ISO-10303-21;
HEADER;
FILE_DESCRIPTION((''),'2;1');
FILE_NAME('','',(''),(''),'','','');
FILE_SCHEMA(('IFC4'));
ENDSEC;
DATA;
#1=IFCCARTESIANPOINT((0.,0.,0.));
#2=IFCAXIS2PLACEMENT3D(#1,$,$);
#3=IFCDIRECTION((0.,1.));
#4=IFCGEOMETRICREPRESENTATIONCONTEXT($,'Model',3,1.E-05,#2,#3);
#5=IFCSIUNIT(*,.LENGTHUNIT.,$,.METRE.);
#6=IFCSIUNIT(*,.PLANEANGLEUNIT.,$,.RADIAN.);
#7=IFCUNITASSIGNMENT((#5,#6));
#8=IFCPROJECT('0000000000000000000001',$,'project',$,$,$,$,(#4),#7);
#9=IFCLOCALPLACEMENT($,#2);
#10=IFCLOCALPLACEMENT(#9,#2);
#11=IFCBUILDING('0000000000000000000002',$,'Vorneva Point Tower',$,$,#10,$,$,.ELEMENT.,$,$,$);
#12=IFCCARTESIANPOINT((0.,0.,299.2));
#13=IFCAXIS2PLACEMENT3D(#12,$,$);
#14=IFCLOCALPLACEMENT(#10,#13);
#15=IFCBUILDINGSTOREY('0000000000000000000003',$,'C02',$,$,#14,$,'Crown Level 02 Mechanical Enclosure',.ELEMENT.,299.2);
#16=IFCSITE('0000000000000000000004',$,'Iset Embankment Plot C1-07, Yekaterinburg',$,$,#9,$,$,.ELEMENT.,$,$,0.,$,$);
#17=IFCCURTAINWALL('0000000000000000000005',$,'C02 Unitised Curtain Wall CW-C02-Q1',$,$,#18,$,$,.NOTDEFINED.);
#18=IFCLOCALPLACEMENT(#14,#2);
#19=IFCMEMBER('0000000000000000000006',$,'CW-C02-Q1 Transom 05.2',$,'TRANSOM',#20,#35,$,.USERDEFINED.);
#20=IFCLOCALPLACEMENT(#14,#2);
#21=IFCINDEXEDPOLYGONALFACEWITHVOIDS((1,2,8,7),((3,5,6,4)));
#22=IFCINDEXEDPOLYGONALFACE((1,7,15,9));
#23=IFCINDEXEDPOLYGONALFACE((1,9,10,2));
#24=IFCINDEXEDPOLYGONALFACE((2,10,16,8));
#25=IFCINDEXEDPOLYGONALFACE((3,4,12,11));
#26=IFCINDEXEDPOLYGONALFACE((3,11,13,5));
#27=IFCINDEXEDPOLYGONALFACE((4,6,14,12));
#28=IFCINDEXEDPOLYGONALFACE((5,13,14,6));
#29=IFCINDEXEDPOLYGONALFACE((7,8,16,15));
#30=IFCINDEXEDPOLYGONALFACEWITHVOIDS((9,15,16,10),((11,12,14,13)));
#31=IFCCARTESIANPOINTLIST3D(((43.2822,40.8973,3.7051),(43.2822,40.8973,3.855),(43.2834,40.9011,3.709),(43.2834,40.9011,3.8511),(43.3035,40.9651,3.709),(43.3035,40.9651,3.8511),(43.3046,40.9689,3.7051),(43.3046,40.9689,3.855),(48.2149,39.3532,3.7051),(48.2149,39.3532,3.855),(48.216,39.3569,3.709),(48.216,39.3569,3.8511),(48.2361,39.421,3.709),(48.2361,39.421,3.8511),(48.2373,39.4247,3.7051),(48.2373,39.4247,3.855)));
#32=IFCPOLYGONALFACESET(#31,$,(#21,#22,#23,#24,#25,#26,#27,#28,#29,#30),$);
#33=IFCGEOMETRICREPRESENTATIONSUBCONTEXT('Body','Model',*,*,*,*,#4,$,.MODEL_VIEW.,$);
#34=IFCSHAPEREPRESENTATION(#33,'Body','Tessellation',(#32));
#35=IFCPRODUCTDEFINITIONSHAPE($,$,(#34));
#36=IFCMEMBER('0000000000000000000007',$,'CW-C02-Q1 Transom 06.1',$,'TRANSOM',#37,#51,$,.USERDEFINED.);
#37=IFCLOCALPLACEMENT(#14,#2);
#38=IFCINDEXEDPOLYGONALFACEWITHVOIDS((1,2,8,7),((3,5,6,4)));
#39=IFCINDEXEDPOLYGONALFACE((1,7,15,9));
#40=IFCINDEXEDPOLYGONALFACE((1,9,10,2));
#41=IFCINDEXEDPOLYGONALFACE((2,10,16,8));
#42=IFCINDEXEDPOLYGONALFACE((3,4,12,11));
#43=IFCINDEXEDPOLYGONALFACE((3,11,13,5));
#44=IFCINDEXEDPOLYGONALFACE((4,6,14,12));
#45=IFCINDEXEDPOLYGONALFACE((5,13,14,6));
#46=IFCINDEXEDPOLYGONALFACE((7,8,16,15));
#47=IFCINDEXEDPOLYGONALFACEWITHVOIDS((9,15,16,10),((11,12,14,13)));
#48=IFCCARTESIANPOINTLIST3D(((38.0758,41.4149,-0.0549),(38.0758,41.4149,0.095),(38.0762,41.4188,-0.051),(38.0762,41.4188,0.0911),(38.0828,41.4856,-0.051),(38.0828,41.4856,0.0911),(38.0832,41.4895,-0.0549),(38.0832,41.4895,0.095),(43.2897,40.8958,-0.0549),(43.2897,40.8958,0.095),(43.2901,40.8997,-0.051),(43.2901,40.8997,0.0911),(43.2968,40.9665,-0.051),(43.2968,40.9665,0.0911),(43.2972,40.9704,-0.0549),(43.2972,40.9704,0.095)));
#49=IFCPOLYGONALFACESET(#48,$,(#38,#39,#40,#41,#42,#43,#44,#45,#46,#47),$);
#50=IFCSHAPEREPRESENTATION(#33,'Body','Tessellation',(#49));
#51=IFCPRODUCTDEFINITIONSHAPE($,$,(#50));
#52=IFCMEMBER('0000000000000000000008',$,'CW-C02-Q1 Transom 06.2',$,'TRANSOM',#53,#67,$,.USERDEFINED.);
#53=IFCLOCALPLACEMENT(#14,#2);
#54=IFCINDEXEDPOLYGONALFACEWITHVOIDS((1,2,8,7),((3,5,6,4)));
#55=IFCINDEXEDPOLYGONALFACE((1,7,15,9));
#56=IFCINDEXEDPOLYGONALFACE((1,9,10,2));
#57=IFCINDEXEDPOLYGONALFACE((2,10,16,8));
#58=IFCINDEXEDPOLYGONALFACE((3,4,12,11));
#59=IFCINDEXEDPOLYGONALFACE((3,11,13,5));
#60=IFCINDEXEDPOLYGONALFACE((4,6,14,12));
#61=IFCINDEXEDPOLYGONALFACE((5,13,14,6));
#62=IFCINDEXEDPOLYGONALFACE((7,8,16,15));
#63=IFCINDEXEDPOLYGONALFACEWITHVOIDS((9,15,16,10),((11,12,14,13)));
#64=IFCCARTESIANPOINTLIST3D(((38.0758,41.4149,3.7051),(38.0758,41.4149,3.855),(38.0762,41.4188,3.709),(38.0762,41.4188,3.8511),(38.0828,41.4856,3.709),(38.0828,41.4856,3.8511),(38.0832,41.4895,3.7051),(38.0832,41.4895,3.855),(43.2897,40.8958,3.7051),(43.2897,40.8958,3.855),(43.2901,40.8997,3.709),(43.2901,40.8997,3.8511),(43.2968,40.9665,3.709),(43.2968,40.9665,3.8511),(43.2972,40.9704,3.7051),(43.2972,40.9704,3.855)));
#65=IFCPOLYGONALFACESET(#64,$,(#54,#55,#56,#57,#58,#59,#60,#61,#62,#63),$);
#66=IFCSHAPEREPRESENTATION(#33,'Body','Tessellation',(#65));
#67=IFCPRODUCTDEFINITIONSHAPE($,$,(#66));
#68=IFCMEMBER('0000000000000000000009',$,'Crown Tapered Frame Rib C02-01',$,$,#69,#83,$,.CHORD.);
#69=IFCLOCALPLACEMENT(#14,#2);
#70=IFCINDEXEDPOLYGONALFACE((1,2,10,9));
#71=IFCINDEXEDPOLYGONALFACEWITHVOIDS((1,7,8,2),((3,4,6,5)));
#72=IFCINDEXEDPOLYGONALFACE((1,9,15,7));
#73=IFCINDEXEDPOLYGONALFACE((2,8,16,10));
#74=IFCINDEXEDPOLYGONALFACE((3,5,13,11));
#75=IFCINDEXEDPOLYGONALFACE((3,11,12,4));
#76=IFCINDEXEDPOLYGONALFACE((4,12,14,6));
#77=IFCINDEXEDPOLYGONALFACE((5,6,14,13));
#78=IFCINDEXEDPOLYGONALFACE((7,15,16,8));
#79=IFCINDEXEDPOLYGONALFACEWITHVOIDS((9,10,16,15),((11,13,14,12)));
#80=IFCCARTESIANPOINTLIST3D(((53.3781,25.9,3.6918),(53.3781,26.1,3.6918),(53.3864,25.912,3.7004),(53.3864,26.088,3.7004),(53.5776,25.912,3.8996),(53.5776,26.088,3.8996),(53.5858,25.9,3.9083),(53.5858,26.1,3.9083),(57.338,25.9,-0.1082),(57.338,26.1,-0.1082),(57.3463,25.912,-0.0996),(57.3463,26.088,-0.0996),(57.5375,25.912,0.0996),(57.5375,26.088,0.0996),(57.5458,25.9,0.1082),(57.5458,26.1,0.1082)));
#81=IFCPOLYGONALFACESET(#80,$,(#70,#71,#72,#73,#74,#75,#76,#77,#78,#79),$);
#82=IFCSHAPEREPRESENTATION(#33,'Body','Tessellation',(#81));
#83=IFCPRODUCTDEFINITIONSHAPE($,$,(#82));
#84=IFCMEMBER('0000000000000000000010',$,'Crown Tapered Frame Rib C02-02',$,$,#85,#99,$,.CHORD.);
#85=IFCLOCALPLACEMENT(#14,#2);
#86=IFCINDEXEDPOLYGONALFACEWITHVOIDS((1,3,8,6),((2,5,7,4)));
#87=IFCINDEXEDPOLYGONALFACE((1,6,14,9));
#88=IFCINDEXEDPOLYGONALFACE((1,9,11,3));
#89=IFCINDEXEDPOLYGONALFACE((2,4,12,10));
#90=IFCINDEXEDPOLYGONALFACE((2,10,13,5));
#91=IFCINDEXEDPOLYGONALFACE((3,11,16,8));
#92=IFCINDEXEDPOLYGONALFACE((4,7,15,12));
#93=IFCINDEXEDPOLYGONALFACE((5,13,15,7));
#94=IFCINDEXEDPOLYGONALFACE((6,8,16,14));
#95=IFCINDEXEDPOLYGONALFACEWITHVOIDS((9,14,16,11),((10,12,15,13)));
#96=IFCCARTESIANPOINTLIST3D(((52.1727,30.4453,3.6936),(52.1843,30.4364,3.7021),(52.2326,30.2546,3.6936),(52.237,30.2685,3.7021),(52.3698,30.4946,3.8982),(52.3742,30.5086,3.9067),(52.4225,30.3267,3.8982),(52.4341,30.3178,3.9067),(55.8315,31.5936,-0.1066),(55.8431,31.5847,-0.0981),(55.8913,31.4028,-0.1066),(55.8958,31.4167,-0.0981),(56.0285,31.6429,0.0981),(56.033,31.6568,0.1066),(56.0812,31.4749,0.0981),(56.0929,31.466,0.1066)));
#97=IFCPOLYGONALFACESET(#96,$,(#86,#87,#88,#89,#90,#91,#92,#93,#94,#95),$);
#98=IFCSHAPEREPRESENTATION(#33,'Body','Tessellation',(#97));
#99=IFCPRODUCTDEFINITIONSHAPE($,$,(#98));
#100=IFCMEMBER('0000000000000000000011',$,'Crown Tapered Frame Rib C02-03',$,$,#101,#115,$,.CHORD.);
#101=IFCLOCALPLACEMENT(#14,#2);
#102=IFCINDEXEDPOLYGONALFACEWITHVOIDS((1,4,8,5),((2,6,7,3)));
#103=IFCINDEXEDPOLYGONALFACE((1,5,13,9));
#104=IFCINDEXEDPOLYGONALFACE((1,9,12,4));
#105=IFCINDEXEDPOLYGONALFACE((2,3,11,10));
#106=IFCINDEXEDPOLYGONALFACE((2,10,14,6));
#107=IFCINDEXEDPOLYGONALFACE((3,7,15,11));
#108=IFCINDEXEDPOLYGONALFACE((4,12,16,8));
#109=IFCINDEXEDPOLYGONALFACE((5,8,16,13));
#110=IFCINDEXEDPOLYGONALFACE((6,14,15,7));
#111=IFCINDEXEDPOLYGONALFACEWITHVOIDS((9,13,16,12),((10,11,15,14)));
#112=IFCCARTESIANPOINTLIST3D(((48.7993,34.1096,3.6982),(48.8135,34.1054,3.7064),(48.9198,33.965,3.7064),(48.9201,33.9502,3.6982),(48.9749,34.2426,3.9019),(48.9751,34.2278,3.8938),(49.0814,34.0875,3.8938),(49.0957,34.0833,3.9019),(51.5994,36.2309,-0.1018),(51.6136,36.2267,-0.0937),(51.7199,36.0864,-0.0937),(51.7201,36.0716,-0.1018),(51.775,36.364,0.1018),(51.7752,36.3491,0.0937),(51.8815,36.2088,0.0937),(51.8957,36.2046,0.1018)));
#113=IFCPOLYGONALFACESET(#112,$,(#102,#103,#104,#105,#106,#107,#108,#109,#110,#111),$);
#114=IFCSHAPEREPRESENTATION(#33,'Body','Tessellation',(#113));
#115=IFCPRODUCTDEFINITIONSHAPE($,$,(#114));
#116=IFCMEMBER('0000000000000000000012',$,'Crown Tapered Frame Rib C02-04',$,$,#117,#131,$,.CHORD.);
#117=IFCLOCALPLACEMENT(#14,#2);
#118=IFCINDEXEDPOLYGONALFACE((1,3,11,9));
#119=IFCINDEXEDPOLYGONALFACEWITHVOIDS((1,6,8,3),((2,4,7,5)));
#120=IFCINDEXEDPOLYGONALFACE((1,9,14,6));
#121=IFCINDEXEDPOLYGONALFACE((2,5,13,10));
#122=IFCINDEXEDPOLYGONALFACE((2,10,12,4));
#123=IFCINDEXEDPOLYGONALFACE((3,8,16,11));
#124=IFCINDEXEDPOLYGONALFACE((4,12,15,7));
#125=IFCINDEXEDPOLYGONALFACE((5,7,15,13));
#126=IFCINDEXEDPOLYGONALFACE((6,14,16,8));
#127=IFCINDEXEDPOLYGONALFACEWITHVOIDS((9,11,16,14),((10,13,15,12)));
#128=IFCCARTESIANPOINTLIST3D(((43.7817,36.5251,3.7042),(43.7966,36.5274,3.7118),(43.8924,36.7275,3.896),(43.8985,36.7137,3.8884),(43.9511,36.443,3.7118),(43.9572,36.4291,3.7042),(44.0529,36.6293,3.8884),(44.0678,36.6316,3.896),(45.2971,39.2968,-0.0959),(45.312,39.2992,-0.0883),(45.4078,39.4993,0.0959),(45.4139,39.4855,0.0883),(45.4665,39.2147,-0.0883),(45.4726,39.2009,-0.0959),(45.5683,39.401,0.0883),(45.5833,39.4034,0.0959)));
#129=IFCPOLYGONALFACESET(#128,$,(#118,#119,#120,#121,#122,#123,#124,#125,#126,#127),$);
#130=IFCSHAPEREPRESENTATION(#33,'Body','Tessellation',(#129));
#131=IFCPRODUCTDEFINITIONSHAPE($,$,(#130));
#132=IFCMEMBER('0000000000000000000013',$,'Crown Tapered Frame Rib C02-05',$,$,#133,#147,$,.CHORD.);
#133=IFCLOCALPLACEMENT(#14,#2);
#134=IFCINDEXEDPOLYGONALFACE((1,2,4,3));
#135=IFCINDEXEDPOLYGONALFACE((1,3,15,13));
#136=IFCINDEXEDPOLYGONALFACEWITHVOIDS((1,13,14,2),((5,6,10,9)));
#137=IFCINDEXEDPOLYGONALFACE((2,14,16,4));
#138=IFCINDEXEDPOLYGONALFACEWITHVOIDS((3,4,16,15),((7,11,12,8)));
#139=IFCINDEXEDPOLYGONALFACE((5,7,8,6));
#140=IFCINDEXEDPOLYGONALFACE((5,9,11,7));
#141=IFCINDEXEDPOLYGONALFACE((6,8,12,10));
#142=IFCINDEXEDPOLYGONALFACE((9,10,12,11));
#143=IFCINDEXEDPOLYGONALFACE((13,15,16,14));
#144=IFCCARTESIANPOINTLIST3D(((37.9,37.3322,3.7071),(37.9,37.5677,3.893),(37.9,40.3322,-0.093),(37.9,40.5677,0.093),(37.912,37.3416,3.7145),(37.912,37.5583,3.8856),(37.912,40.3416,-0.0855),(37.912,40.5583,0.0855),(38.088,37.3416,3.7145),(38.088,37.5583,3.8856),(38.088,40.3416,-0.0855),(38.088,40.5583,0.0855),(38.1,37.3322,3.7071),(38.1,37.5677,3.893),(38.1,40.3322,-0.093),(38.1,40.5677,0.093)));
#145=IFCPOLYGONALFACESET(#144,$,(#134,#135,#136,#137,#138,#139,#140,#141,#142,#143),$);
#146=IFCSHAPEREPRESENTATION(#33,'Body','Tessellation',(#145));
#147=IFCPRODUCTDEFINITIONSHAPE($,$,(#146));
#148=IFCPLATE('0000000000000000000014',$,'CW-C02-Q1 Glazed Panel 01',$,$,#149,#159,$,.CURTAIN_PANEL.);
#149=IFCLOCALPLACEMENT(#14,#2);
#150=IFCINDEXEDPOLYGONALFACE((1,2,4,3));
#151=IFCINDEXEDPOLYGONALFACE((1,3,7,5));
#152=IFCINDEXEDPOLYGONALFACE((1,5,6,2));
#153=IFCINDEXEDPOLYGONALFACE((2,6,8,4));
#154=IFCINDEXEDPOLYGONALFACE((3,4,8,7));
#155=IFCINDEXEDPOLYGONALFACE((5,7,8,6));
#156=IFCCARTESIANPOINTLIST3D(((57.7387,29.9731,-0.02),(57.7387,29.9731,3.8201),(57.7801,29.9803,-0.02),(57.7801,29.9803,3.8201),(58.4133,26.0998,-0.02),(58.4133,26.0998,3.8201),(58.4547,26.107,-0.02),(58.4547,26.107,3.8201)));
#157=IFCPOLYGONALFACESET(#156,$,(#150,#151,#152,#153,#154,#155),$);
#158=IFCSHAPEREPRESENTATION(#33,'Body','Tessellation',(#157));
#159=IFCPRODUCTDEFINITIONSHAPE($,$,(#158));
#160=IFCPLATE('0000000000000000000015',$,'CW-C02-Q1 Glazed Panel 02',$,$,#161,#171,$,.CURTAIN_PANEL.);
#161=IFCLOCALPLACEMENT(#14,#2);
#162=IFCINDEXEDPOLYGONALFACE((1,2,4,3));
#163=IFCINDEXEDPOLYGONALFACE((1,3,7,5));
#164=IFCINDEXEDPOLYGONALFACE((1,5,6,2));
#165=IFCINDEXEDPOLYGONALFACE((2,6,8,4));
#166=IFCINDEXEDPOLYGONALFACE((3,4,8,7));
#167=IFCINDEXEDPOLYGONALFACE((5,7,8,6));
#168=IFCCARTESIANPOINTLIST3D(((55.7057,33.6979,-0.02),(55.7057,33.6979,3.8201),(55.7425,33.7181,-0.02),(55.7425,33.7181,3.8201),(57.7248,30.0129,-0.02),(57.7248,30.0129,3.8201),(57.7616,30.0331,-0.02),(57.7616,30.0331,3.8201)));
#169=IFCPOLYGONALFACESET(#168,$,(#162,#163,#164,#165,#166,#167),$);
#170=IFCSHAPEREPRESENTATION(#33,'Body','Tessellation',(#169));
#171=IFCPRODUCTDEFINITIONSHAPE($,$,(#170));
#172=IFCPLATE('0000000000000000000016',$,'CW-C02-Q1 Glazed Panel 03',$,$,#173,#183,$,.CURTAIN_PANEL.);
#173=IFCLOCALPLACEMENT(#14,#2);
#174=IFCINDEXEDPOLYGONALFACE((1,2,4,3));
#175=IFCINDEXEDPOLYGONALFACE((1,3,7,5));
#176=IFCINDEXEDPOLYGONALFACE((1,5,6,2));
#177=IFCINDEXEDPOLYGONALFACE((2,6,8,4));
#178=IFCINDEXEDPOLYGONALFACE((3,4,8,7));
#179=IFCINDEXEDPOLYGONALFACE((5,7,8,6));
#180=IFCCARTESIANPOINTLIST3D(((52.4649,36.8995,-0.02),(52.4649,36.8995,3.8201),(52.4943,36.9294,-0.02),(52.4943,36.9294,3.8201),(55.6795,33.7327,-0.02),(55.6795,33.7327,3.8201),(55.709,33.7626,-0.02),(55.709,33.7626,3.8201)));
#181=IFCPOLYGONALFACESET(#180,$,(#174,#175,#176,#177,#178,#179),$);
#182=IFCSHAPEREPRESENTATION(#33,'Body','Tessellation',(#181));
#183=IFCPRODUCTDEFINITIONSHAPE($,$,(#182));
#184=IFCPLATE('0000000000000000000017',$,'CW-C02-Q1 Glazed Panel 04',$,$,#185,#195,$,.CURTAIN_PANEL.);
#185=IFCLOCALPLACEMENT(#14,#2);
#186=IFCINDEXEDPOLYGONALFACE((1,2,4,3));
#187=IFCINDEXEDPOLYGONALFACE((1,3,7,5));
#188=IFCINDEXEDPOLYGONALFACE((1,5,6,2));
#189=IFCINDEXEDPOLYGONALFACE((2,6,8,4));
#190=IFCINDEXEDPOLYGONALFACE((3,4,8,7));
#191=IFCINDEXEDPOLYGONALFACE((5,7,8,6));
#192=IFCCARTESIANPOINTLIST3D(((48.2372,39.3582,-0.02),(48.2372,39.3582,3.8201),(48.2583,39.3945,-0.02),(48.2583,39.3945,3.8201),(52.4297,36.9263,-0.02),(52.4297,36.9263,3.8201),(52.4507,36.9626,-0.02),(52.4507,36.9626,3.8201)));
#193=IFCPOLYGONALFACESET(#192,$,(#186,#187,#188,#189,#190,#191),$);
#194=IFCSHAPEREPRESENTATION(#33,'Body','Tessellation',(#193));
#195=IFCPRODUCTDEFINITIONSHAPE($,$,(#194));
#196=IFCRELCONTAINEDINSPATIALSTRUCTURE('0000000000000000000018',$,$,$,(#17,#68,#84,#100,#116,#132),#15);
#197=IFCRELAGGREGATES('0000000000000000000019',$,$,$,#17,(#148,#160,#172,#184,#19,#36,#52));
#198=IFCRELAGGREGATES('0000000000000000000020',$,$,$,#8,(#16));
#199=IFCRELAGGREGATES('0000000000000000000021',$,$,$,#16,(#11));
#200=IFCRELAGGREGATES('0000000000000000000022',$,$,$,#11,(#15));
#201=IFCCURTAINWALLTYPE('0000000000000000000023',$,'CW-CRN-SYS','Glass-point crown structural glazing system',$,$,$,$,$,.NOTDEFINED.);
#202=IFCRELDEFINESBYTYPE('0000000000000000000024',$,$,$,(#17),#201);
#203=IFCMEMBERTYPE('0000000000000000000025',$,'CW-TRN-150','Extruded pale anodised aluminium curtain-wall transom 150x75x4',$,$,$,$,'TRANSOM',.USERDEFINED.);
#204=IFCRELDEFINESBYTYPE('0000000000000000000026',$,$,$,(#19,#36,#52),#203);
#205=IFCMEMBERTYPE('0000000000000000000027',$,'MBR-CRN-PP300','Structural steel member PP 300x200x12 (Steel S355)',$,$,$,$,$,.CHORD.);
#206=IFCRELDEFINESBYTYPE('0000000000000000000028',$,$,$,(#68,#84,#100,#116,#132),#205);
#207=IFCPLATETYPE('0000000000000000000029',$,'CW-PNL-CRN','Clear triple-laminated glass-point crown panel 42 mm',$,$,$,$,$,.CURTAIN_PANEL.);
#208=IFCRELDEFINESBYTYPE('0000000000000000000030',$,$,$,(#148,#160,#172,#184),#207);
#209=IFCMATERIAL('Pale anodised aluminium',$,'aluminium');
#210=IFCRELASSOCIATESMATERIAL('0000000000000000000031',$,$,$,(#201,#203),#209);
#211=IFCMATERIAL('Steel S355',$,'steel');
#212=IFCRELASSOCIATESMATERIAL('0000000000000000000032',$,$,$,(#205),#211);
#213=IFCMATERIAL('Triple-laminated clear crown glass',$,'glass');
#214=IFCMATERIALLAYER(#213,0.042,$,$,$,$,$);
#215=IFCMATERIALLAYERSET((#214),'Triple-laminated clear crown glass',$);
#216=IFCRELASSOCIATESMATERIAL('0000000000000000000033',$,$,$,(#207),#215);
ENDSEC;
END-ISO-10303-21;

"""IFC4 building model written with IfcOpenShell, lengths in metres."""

from ifc_helpers import new_model, si_unit, direction, frame, origin, origin_2d, place, context, subcontext, project, spatial, rectangle, hollow_rectangle, extrude, material, layer, layer_set, material_profile, profile_set, type_object, element, aggregate, save


model = new_model("IFC4")

# Units and contexts
model_context = context("Model", 3, precision=1e-05, world=origin(), true_north=direction((0.0, 1.0)))
body_context = subcontext(model_context, "Body", "Model", "MODEL_VIEW")
ifc_project = project(units=[si_unit("LENGTHUNIT", "METRE"), si_unit("PLANEANGLEUNIT", "RADIAN")], contexts=[model_context])

# Site, building, storey
site_placement = place(None, origin())
site = spatial("IfcSite", under=ifc_project, at=site_placement, Name="Iset Embankment Plot C1-07, Yekaterinburg", CompositionType="ELEMENT", RefElevation=0.0)
building_placement = place(site_placement, origin())
building = spatial("IfcBuilding", under=site, at=building_placement, Name="Vorneva Point Tower", CompositionType="ELEMENT")
storey_placement = place(building_placement, frame((0.0, 0.0, 299.2)))
storey = spatial("IfcBuildingStorey", under=building, at=storey_placement, Name="C02", LongName="Crown Level 02 Mechanical Enclosure", CompositionType="ELEMENT", Elevation=299.2)

# Shared definitions
ifc_material_1 = material(Name="Steel S355", Category="steel")

# Curtain wall, members
ifc_material_2 = material(Name="Pale anodised aluminium", Category="aluminium")
curtain_wall_type = type_object("IfcCurtainWallType", Name="CW-CRN-SYS", Description="Glass-point crown structural glazing system", PredefinedType="NOTDEFINED", material=ifc_material_2)
curtain_wall_placement = place(storey_placement, origin())
curtain_wall = element("IfcCurtainWall", 1, at=curtain_wall_placement, inside=storey, type_object=curtain_wall_type, Name="C02 Unitised Curtain Wall CW-C02-Q1", PredefinedType="NOTDEFINED")
ifc_material_profile_1 = material_profile(ifc_material_2, hollow_rectangle(XDim=0.075, YDim=0.1499, WallThickness=0.0039, at=origin_2d()), Name="AL-TRN 150x75x4")
ifc_profile_set_1 = profile_set([ifc_material_profile_1], Name="Pale anodised aluminium")
member_type_1 = type_object("IfcMemberType", Name="CW-TRN-150", Description="Extruded pale anodised aluminium curtain-wall transom 150x75x4", ElementType="TRANSOM", PredefinedType="USERDEFINED", material=ifc_profile_set_1)
member_1_placement = place(storey_placement, frame((48.2261, 39.3889, 3.78), z_axis=(-0.954329, 0.298759, 0.0), x_axis=(-0.298759, -0.954329, 0.0)))
member_1 = element("IfcMember", 2, at=member_1_placement, type_object=member_type_1, Name="CW-C02-Q1 Transom 05.2", ObjectType="TRANSOM", PredefinedType="USERDEFINED", context=body_context, shape_type="SweptSolid", body=[
    extrude(hollow_rectangle(XDim=0.075, YDim=0.1499, WallThickness=0.0039, at=origin_2d()), origin(), (0.0, 0.0, 1.0), 5.1687),
])
member_2_placement = place(storey_placement, frame((43.2935, 40.9331, 0.02), z_axis=(-0.995081, 0.099061, 0.0), x_axis=(-0.099061, -0.995081, 0.0)))
member_2 = element("IfcMember", 3, at=member_2_placement, type_object=member_type_1, Name="CW-C02-Q1 Transom 06.1", ObjectType="TRANSOM", PredefinedType="USERDEFINED", context=body_context, shape_type="SweptSolid", body=[
    extrude(hollow_rectangle(XDim=0.075, YDim=0.1499, WallThickness=0.0039, at=origin_2d()), origin(), (0.0, 0.0, 1.0), 5.2397),
])
member_3_placement = place(storey_placement, frame((43.2935, 40.9331, 3.78), z_axis=(-0.995081, 0.099061, 0.0), x_axis=(-0.099061, -0.995081, 0.0)))
member_3 = element("IfcMember", 4, at=member_3_placement, type_object=member_type_1, Name="CW-C02-Q1 Transom 06.2", ObjectType="TRANSOM", PredefinedType="USERDEFINED", context=body_context, shape_type="SweptSolid", body=[
    extrude(hollow_rectangle(XDim=0.075, YDim=0.1499, WallThickness=0.0039, at=origin_2d()), origin(), (0.0, 0.0, 1.0), 5.2397),
])

# Members
ifc_material_profile_2 = material_profile(ifc_material_1, hollow_rectangle(XDim=0.2, YDim=0.3, WallThickness=0.012, at=origin_2d()), Name="PP 300x200x12")
ifc_profile_set_2 = profile_set([ifc_material_profile_2], Name="Steel S355")
member_type_2 = type_object("IfcMemberType", Name="MBR-CRN-PP300", Description="Structural steel member PP 300x200x12 (Steel S355)", PredefinedType="CHORD", material=ifc_profile_set_2)
member_4_placement = place(storey_placement, frame((57.4419, 26.0, 0.0), z_axis=(-0.721525, 0.0, 0.692388), x_axis=(0.0, -1.0, 0.0)))
element("IfcMember", 5, at=member_4_placement, inside=storey, type_object=member_type_2, Name="Crown Tapered Frame Rib C02-01", PredefinedType="CHORD", context=body_context, shape_type="SweptSolid", body=[
    extrude(hollow_rectangle(XDim=0.2, YDim=0.3, WallThickness=0.012, at=origin_2d()), origin(), (0.0, 0.0, 1.0), 5.4883),
])
member_5_placement = place(storey_placement, frame((55.9622, 31.5298, 0.0), z_axis=(-0.677713, -0.212684, 0.703897), x_axis=(0.299428, -0.954119, 0.0)))
element("IfcMember", 6, at=member_5_placement, inside=storey, type_object=member_type_2, Name="Crown Tapered Frame Rib C02-02", PredefinedType="CHORD", context=body_context, shape_type="SweptSolid", body=[
    extrude(hollow_rectangle(XDim=0.2, YDim=0.3, WallThickness=0.012, at=origin_2d()), origin(), (0.0, 0.0, 1.0), 5.3987),
])
member_6_placement = place(storey_placement, frame((51.7476, 36.2178, 0.0), z_axis=(-0.541071, -0.40992, 0.734308), x_axis=(0.603874, -0.79708, 0.0)))
element("IfcMember", 7, at=member_6_placement, inside=storey, type_object=member_type_2, Name="Crown Tapered Frame Rib C02-03", PredefinedType="CHORD", context=body_context, shape_type="SweptSolid", body=[
    extrude(hollow_rectangle(XDim=0.2, YDim=0.3, WallThickness=0.012, at=origin_2d()), origin(), (0.0, 0.0, 1.0), 5.175),
])
member_7_placement = place(storey_placement, frame((45.4402, 39.3501, 0.0), z_axis=(-0.306659, -0.560899, 0.768994), x_axis=(0.877426, -0.479713, 0.0)))
element("IfcMember", 8, at=member_7_placement, inside=storey, type_object=member_type_2, Name="Crown Tapered Frame Rib C02-04", PredefinedType="CHORD", context=body_context, shape_type="SweptSolid", body=[
    extrude(hollow_rectangle(XDim=0.2, YDim=0.3, WallThickness=0.012, at=origin_2d()), origin(), (0.0, 0.0, 1.0), 4.9417),
])
member_8_placement = place(storey_placement, frame((38.0, 40.45, 0.0), z_axis=(0.0, -0.619639, 0.784887), x_axis=(1.0, 0.0, 0.0)))
element("IfcMember", 9, at=member_8_placement, inside=storey, type_object=member_type_2, Name="Crown Tapered Frame Rib C02-05", PredefinedType="CHORD", context=body_context, shape_type="SweptSolid", body=[
    extrude(hollow_rectangle(XDim=0.2, YDim=0.3, WallThickness=0.012, at=origin_2d()), origin(), (0.0, 0.0, 1.0), 4.8416),
])

# Plates
ifc_material_3 = material(Name="Triple-laminated clear crown glass", Category="glass")
ifc_layer = layer(ifc_material_3, 0.042)
ifc_layer_set = layer_set([ifc_layer], Name="Triple-laminated clear crown glass")
plate_type = type_object("IfcPlateType", Name="CW-PNL-CRN", Description="Clear triple-laminated glass-point crown panel 42 mm", PredefinedType="CURTAIN_PANEL", material=ifc_layer_set)
plate_1_placement = place(storey_placement, frame((58.0967, 28.04, -0.02), z_axis=(0.0, 0.0, 1.0), x_axis=(-0.171585, 0.985169, 0.0)))
plate_1 = element("IfcPlate", 10, at=plate_1_placement, type_object=plate_type, Name="CW-C02-Q1 Glazed Panel 01", PredefinedType="CURTAIN_PANEL", context=body_context, shape_type="SweptSolid", body=[
    extrude(rectangle(XDim=3.9316, YDim=0.042, at=origin_2d()), origin(), (0.0, 0.0, 1.0), 3.8401),
])
plate_2_placement = place(storey_placement, frame((56.7336, 31.8655, -0.02), z_axis=(0.0, 0.0, 1.0), x_axis=(-0.48053, 0.876978, 0.0)))
plate_2 = element("IfcPlate", 11, at=plate_2_placement, type_object=plate_type, Name="CW-C02-Q1 Glazed Panel 02", PredefinedType="CURTAIN_PANEL", context=body_context, shape_type="SweptSolid", body=[
    extrude(rectangle(XDim=4.2019, YDim=0.042, at=origin_2d()), origin(), (0.0, 0.0, 1.0), 3.8401),
])
plate_3_placement = place(storey_placement, frame((54.0869, 35.3311, -0.02), z_axis=(0.0, 0.0, 1.0), x_axis=(-0.712394, 0.70178, 0.0)))
plate_3 = element("IfcPlate", 12, at=plate_3_placement, type_object=plate_type, Name="CW-C02-Q1 Glazed Panel 03", PredefinedType="CURTAIN_PANEL", context=body_context, shape_type="SweptSolid", body=[
    extrude(rectangle(XDim=4.5125, YDim=0.042, at=origin_2d()), origin(), (0.0, 0.0, 1.0), 3.8401),
])
plate_4_placement = place(storey_placement, frame((50.344, 38.1604, -0.02), z_axis=(0.0, 0.0, 1.0), x_axis=(-0.865011, 0.501752, 0.0)))
plate_4 = element("IfcPlate", 13, at=plate_4_placement, type_object=plate_type, Name="CW-C02-Q1 Glazed Panel 04", PredefinedType="CURTAIN_PANEL", context=body_context, shape_type="SweptSolid", body=[
    extrude(rectangle(XDim=4.8467, YDim=0.042, at=origin_2d()), origin(), (0.0, 0.0, 1.0), 3.8401),
])
aggregate(curtain_wall, [plate_1, plate_2, plate_3, plate_4, member_1, member_2, member_3])

save(model, "model.ifc")
